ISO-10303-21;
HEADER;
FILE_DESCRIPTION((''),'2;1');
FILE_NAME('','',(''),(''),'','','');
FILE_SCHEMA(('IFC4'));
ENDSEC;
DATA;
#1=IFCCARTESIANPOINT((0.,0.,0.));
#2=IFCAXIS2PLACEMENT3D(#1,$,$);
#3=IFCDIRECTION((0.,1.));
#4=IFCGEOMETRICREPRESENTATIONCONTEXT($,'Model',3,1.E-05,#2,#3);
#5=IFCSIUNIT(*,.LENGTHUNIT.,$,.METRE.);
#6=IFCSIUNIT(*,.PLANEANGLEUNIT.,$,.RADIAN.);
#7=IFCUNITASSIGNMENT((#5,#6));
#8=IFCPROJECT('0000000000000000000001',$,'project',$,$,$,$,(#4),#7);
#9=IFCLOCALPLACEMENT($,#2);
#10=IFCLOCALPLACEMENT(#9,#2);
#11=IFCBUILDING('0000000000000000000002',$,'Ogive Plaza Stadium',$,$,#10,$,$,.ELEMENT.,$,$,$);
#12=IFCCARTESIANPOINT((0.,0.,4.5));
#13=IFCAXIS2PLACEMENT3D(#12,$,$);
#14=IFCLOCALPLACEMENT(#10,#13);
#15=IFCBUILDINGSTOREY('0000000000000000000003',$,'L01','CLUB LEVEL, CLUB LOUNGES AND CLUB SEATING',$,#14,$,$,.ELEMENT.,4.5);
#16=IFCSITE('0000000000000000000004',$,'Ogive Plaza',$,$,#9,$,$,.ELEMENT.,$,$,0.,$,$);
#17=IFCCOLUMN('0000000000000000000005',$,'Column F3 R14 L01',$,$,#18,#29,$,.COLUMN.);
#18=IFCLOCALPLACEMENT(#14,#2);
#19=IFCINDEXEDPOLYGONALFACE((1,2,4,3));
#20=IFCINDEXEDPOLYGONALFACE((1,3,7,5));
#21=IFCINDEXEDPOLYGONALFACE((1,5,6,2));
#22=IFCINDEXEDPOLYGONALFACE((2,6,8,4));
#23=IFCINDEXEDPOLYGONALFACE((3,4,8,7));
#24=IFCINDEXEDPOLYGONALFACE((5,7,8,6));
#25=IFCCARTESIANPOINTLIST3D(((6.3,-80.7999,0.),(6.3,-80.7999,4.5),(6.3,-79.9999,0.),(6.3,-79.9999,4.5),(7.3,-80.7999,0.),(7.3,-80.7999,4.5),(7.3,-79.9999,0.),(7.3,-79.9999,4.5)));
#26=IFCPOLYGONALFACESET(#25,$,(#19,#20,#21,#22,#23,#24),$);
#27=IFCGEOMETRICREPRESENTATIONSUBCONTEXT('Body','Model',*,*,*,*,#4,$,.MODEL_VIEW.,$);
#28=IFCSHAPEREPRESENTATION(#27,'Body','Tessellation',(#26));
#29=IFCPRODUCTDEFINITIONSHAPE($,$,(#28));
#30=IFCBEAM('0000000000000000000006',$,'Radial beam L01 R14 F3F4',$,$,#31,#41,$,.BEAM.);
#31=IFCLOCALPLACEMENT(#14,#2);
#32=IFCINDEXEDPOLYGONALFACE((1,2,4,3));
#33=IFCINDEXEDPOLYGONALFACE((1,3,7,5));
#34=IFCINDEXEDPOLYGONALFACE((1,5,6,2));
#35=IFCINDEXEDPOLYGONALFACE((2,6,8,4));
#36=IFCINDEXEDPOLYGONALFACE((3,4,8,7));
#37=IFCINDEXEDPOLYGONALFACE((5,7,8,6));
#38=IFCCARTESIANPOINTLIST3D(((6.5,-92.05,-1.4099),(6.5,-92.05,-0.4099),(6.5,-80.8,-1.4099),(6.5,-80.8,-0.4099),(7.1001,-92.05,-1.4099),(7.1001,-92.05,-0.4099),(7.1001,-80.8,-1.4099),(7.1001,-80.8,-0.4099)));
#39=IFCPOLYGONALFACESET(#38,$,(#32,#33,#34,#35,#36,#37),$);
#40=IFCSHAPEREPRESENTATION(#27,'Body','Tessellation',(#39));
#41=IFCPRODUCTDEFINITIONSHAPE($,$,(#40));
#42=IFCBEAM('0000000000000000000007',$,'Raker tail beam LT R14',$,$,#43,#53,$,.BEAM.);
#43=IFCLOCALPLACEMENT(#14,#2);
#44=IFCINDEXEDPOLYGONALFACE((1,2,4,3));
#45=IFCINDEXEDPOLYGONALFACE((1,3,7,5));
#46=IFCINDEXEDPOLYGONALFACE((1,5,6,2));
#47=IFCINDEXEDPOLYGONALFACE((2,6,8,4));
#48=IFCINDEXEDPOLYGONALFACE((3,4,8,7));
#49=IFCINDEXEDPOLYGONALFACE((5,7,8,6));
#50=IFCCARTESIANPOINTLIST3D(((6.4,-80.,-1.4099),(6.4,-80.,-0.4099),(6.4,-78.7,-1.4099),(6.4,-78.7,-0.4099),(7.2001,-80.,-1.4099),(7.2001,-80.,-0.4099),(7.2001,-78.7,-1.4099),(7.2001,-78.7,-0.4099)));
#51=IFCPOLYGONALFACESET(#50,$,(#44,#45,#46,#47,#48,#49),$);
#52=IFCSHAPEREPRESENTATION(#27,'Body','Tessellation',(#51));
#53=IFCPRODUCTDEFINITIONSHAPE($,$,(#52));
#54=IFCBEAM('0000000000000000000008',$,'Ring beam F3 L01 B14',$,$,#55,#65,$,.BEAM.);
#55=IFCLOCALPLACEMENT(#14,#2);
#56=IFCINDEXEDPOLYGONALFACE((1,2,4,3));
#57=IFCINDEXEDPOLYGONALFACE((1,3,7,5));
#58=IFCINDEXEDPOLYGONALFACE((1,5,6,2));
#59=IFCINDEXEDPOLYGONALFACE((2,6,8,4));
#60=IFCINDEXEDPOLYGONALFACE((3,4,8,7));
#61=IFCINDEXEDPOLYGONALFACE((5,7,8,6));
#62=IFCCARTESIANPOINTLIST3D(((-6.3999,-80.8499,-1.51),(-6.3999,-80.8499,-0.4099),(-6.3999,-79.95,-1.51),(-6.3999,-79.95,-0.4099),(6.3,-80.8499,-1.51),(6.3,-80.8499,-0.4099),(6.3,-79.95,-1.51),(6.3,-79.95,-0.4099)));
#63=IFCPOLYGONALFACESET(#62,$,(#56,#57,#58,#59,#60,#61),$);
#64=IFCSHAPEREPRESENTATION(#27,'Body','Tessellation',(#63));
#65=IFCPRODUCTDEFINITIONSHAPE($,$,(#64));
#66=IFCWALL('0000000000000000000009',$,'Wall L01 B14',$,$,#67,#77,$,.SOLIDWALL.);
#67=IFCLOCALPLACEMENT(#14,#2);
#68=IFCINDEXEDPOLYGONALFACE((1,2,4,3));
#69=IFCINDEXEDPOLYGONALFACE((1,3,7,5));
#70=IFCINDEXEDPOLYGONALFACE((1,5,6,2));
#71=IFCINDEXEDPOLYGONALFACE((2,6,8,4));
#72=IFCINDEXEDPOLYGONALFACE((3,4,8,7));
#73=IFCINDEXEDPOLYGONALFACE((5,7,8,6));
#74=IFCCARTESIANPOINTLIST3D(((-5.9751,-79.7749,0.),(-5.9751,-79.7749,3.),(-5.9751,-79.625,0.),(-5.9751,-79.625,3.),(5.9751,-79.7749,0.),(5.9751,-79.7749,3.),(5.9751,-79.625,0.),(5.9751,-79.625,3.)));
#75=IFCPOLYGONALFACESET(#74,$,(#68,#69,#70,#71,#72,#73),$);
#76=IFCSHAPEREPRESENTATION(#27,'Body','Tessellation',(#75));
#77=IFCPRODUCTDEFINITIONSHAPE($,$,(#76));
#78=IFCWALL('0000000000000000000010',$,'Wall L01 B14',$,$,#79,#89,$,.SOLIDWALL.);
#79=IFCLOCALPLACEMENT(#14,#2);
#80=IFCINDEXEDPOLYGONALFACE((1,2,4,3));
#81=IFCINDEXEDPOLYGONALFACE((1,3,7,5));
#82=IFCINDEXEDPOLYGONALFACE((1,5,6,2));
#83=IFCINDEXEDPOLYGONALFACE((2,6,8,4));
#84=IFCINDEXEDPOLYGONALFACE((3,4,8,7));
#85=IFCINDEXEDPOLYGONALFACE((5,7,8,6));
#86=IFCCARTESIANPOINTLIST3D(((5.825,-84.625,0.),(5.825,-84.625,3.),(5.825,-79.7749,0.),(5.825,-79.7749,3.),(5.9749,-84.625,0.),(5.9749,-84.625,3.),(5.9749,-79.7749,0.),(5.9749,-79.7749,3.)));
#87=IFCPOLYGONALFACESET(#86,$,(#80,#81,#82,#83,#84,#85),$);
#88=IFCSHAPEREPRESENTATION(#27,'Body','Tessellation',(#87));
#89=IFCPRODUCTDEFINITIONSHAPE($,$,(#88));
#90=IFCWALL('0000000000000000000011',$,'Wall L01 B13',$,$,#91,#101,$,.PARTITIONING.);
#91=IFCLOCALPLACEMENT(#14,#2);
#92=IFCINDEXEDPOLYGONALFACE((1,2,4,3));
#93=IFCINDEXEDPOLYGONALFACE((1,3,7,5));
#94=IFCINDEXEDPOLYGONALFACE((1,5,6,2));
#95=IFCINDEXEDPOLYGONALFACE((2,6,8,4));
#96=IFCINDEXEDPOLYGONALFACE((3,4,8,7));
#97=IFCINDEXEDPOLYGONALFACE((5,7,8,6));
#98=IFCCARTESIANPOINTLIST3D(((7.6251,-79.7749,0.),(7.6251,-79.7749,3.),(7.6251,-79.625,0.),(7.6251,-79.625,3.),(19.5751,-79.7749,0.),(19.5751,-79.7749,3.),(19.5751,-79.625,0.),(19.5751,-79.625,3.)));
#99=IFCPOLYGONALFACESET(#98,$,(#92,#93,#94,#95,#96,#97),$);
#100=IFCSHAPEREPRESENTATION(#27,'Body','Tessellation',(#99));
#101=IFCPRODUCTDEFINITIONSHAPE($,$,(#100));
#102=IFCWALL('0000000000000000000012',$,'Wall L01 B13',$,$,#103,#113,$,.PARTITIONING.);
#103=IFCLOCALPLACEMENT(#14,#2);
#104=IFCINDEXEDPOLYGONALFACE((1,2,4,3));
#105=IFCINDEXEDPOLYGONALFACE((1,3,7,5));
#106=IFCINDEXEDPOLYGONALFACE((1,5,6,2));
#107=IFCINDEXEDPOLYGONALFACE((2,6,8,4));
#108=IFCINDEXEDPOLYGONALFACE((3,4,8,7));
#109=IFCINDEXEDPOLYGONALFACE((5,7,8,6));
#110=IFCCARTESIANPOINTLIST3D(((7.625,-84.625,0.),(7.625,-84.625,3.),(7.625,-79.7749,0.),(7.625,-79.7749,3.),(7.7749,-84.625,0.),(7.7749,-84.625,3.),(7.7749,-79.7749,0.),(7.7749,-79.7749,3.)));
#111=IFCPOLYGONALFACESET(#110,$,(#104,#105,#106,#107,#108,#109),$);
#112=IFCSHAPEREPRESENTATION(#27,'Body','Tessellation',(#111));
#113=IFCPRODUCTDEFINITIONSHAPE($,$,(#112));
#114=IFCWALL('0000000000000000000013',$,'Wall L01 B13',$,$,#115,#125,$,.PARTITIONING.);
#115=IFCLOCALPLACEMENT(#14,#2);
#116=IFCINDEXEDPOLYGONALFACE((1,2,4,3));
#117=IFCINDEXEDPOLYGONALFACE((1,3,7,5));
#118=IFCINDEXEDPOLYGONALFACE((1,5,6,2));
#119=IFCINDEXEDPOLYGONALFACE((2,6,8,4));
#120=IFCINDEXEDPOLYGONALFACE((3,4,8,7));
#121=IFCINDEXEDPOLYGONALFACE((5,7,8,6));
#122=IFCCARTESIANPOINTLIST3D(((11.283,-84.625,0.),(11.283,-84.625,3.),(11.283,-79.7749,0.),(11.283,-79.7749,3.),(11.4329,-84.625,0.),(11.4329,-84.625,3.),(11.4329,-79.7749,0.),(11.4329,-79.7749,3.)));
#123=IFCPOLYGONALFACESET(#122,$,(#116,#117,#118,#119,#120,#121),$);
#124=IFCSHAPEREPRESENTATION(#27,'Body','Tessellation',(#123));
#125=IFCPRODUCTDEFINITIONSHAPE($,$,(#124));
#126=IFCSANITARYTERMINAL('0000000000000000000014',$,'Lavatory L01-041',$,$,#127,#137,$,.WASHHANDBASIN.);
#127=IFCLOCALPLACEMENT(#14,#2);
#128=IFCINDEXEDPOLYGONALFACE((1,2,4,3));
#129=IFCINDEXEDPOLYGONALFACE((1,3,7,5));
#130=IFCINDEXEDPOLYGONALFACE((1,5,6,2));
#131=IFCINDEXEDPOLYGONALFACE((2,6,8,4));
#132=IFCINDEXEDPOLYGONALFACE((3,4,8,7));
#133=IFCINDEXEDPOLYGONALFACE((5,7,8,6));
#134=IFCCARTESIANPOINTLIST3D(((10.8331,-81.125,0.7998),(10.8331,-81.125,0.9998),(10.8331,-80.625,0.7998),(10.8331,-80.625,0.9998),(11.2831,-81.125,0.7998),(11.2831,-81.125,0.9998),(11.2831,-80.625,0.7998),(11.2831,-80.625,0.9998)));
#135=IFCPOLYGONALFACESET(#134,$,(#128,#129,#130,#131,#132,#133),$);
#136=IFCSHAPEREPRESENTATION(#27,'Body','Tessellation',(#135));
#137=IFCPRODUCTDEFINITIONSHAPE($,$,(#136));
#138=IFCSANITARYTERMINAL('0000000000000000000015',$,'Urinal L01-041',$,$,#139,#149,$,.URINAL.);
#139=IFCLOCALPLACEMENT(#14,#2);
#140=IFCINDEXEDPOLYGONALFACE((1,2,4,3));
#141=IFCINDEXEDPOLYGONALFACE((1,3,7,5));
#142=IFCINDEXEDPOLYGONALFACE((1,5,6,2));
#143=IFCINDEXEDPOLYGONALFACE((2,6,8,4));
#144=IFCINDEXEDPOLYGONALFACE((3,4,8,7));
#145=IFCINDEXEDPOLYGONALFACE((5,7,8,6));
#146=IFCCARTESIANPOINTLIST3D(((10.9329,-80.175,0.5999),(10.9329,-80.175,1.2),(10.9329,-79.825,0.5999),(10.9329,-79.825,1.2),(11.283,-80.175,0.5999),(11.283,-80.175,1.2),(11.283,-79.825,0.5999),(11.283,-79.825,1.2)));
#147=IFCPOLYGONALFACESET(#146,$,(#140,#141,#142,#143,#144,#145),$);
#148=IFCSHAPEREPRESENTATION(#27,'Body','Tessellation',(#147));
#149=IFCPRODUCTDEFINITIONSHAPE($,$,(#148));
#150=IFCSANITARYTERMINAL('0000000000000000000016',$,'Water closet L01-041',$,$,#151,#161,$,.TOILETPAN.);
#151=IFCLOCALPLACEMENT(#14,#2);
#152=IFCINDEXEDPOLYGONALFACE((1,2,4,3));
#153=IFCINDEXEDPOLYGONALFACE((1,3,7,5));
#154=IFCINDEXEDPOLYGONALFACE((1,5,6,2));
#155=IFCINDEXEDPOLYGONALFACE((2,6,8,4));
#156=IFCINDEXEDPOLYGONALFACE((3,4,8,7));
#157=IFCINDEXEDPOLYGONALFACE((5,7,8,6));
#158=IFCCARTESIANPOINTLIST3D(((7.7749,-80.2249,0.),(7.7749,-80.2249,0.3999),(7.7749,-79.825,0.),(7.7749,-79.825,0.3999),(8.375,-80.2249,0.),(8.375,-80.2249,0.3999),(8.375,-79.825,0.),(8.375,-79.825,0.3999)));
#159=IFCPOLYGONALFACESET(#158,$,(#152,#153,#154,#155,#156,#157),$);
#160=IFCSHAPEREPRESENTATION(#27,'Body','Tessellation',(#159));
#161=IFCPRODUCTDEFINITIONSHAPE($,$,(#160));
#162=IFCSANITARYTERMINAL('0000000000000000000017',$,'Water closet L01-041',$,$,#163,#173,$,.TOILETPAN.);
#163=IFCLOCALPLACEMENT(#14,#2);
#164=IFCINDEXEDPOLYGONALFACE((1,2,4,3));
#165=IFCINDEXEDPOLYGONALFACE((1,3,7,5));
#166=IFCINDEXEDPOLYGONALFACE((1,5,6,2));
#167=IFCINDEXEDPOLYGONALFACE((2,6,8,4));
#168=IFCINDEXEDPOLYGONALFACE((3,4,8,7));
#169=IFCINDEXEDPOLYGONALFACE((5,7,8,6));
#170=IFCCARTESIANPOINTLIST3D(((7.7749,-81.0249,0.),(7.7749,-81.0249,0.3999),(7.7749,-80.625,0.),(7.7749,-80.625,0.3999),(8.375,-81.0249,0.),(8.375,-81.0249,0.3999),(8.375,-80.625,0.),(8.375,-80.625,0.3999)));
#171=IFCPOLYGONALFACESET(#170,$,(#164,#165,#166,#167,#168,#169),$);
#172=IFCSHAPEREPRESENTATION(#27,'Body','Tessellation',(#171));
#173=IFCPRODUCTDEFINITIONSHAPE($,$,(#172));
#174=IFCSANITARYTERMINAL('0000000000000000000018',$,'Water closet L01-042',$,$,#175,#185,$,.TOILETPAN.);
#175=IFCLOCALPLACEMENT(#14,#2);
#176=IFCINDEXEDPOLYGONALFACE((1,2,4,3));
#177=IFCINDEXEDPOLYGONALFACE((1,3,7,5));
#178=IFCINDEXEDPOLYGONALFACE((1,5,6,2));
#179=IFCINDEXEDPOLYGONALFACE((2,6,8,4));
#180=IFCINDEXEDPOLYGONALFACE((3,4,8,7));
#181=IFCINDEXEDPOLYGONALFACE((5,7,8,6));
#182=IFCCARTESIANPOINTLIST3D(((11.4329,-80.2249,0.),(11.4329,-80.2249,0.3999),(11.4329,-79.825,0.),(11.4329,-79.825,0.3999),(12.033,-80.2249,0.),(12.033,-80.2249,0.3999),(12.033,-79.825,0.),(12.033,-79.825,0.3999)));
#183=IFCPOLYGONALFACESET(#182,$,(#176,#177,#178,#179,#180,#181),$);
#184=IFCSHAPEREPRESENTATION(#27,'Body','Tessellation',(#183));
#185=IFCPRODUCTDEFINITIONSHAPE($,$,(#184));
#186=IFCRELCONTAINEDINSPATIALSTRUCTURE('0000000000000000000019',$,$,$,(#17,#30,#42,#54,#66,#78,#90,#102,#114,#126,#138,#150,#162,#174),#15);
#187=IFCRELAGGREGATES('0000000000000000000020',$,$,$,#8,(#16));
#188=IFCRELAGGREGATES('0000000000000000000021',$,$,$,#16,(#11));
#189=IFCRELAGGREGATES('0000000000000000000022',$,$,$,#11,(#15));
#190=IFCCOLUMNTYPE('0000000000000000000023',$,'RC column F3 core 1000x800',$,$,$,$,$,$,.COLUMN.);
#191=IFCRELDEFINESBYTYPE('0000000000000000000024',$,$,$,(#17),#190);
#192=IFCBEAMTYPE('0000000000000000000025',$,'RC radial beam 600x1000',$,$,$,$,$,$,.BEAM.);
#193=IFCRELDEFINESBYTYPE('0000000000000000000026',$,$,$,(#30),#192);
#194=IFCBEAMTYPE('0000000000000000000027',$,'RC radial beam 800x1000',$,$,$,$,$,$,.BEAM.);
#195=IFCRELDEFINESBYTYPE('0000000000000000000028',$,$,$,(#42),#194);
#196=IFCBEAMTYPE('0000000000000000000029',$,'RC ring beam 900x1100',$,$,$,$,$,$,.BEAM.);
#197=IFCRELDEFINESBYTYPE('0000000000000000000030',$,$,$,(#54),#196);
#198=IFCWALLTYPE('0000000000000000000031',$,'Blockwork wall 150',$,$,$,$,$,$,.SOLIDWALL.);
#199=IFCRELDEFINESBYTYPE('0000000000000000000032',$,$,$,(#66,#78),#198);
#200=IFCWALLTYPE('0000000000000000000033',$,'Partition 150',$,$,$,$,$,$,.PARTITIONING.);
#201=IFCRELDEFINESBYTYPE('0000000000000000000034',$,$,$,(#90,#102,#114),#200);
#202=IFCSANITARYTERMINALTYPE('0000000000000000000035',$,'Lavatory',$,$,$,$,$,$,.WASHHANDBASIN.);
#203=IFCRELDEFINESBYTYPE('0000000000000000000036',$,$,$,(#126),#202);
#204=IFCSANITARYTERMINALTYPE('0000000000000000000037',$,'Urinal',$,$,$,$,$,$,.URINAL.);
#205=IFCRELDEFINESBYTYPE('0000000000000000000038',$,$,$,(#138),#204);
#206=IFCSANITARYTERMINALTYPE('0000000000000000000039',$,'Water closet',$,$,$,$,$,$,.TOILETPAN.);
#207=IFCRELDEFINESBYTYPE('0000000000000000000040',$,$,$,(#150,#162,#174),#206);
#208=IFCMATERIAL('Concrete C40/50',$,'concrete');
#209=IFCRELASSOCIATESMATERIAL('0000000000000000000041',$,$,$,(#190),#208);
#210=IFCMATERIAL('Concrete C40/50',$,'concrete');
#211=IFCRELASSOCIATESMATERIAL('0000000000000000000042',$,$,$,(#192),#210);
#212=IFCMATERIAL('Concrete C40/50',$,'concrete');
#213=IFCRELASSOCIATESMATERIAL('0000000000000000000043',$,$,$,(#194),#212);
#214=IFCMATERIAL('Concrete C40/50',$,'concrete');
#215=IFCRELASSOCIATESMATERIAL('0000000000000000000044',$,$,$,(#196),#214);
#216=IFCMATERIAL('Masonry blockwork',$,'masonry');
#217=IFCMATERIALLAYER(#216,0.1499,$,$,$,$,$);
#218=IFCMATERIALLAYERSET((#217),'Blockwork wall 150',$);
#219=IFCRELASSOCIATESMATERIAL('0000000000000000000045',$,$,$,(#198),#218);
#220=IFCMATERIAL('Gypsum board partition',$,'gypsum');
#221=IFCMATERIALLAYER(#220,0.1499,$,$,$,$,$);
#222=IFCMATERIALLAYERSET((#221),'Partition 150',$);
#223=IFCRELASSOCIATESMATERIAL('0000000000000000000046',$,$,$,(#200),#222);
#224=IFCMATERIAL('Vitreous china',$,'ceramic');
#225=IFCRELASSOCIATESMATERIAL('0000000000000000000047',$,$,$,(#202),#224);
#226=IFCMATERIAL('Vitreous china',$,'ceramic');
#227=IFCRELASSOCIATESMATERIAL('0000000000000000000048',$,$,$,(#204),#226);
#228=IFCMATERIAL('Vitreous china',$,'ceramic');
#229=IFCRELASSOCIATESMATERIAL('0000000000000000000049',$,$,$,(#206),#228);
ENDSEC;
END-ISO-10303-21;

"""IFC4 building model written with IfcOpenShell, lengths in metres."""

from ifc_helpers import new_model, si_unit, direction, frame, frame_2d, origin, origin_2d, place, context, subcontext, project, spatial, rectangle, extrude, material, layer, layer_set, material_profile, profile_set, type_object, element, save


model = new_model("IFC4")

# Units and contexts
model_context = context("Model", 3, precision=1e-05, world=origin(), true_north=direction((0.0, 1.0)))
body_context = subcontext(model_context, "Body", "Model", "MODEL_VIEW")
ifc_project = project(units=[si_unit("LENGTHUNIT", "METRE"), si_unit("PLANEANGLEUNIT", "RADIAN")], contexts=[model_context])

# Site, building, storey
site_placement = place(None, origin())
site = spatial("IfcSite", under=ifc_project, at=site_placement, Name="Ogive Plaza", CompositionType="ELEMENT", RefElevation=0.0)
building_placement = place(site_placement, origin())
building = spatial("IfcBuilding", under=site, at=building_placement, Name="Ogive Plaza Stadium", CompositionType="ELEMENT")
storey_placement = place(building_placement, frame((0.0, 0.0, 4.5)))
storey = spatial("IfcBuildingStorey", under=building, at=storey_placement, Name="L01", Description="CLUB LEVEL, CLUB LOUNGES AND CLUB SEATING", CompositionType="ELEMENT", Elevation=4.5)

# Column
ifc_material_1 = material(Name="Concrete C40/50", Category="concrete")
ifc_material_profile_1 = material_profile(ifc_material_1, rectangle(XDim=1.0, YDim=0.8, at=origin_2d()), Name="RC 1000x800")
ifc_profile_set_1 = profile_set([ifc_material_profile_1], Name="Concrete C40/50")
column_type = type_object("IfcColumnType", Name="RC column F3 core 1000x800", PredefinedType="COLUMN", material=ifc_profile_set_1)
column_placement = place(storey_placement, frame((6.8, -80.3999, 0.0), z_axis=(0.0, 0.0, 1.0), x_axis=(1.0, 0.0, 0.0)))
element("IfcColumn", 1, at=column_placement, inside=storey, type_object=column_type, Name="Column F3 R14 L01", PredefinedType="COLUMN", context=body_context, shape_type="SweptSolid", body=[
    extrude(rectangle(XDim=1.0, YDim=0.8, at=origin_2d()), origin(), (0.0, 0.0, 1.0), 4.5),
])

# Beams
ifc_material_2 = material(Name="Concrete C40/50", Category="concrete")
ifc_material_profile_2 = material_profile(ifc_material_2, rectangle(XDim=0.6001, YDim=1.0, at=origin_2d()), Name="RC 600x1000")
ifc_profile_set_2 = profile_set([ifc_material_profile_2], Name="Concrete C40/50")
beam_type_1 = type_object("IfcBeamType", Name="RC radial beam 600x1000", PredefinedType="BEAM", material=ifc_profile_set_2)
beam_1_placement = place(storey_placement, frame((6.8, -80.8, -0.9099), z_axis=(0.0, -1.0, 0.0), x_axis=(1.0, 0.0, 0.0)))
element("IfcBeam", 2, at=beam_1_placement, inside=storey, type_object=beam_type_1, Name="Radial beam L01 R14 F3F4", PredefinedType="BEAM", context=body_context, shape_type="SweptSolid", body=[
    extrude(rectangle(XDim=0.6001, YDim=1.0, at=origin_2d()), origin(), (0.0, 0.0, 1.0), 11.25),
])
ifc_material_3 = material(Name="Concrete C40/50", Category="concrete")
ifc_material_profile_3 = material_profile(ifc_material_3, rectangle(XDim=0.8, YDim=1.0, at=origin_2d()), Name="RC 800x1000")
ifc_profile_set_3 = profile_set([ifc_material_profile_3], Name="Concrete C40/50")
beam_type_2 = type_object("IfcBeamType", Name="RC radial beam 800x1000", PredefinedType="BEAM", material=ifc_profile_set_3)
beam_2_placement = place(storey_placement, frame((6.8, -78.7, -0.9099), z_axis=(0.0, -1.0, 0.0), x_axis=(1.0, 0.0, 0.0)))
element("IfcBeam", 3, at=beam_2_placement, inside=storey, type_object=beam_type_2, Name="Raker tail beam LT R14", PredefinedType="BEAM", context=body_context, shape_type="SweptSolid", body=[
    extrude(rectangle(XDim=0.8, YDim=1.0, at=origin_2d()), origin(), (0.0, 0.0, 1.0), 1.3),
])
ifc_material_4 = material(Name="Concrete C40/50", Category="concrete")
ifc_material_profile_4 = material_profile(ifc_material_4, rectangle(XDim=0.8999, YDim=1.1001, at=origin_2d()), Name="RC 900x1100")
ifc_profile_set_4 = profile_set([ifc_material_profile_4], Name="Concrete C40/50")
beam_type_3 = type_object("IfcBeamType", Name="RC ring beam 900x1100", PredefinedType="BEAM", material=ifc_profile_set_4)
beam_3_placement = place(storey_placement, frame((6.3, -80.3999, -0.96), z_axis=(-1.0, 0.0, 0.0), x_axis=(0.0, -1.0, 0.0)))
element("IfcBeam", 4, at=beam_3_placement, inside=storey, type_object=beam_type_3, Name="Ring beam F3 L01 B14", PredefinedType="BEAM", context=body_context, shape_type="SweptSolid", body=[
    extrude(rectangle(XDim=0.8999, YDim=1.1001, at=origin_2d()), origin(), (0.0, 0.0, 1.0), 12.7),
])

# Walls
ifc_material_5 = material(Name="Masonry blockwork", Category="masonry")
ifc_layer_1 = layer(ifc_material_5, 0.1499)
ifc_layer_set_1 = layer_set([ifc_layer_1], Name="Blockwork wall 150")
wall_type_1 = type_object("IfcWallType", Name="Blockwork wall 150", PredefinedType="SOLIDWALL", material=ifc_layer_set_1)
wall_1_placement = place(storey_placement, frame((5.9751, -79.7, 0.0), z_axis=(0.0, 0.0, 1.0), x_axis=(-1.0, 0.0, 0.0)))
element("IfcWall", 5, at=wall_1_placement, inside=storey, type_object=wall_type_1, Name="Wall L01 B14", PredefinedType="SOLIDWALL", context=body_context, shape_type="SweptSolid", body=[
    extrude(rectangle(XDim=11.9502, YDim=0.1499, at=frame_2d((5.9751, 0.0))), origin(), (0.0, 0.0, 1.0), 3.0),
])
wall_2_placement = place(storey_placement, frame((5.8999, -79.7749, 0.0), z_axis=(0.0, 0.0, 1.0), x_axis=(0.0, -1.0, 0.0)))
element("IfcWall", 6, at=wall_2_placement, inside=storey, type_object=wall_type_1, Name="Wall L01 B14", PredefinedType="SOLIDWALL", context=body_context, shape_type="SweptSolid", body=[
    extrude(rectangle(XDim=4.8501, YDim=0.1499, at=frame_2d((2.425, 0.0))), origin(), (0.0, 0.0, 1.0), 3.0),
])
ifc_material_6 = material(Name="Gypsum board partition", Category="gypsum")
ifc_layer_2 = layer(ifc_material_6, 0.1499)
ifc_layer_set_2 = layer_set([ifc_layer_2], Name="Partition 150")
wall_type_2 = type_object("IfcWallType", Name="Partition 150", PredefinedType="PARTITIONING", material=ifc_layer_set_2)
wall_3_placement = place(storey_placement, frame((7.625, -79.7, 0.0), z_axis=(0.0, 0.0, 1.0), x_axis=(1.0, 0.0, 0.0)))
element("IfcWall", 7, at=wall_3_placement, inside=storey, type_object=wall_type_2, Name="Wall L01 B13", PredefinedType="PARTITIONING", context=body_context, shape_type="SweptSolid", body=[
    extrude(rectangle(XDim=11.95, YDim=0.1499, at=frame_2d((5.9751, 0.0))), origin(), (0.0, 0.0, 1.0), 3.0),
])
for number, where, z_axis, x_axis, name in (
    (8, (7.7, -79.7749, 0.0), (0.0, 0.0, 1.0), (0.0, -1.0, 0.0), "Wall L01 B13"),
    (9, (11.3579, -79.7749, 0.0), (0.0, 0.0, 1.0), (0.0, -1.0, 0.0), "Wall L01 B13"),
):
    element("IfcWall", number, at=place(storey_placement, frame(where, z_axis=z_axis, x_axis=x_axis)), inside=storey, type_object=wall_type_2, Name=name, PredefinedType="PARTITIONING", context=body_context, shape_type="SweptSolid", body=[
        extrude(rectangle(XDim=4.8501, YDim=0.1499, at=frame_2d((2.425, 0.0))), origin(), (0.0, 0.0, 1.0), 3.0),
    ])

# Sanitary terminals
ifc_material_7 = material(Name="Vitreous china", Category="ceramic")
sanitary_terminal_type_1 = type_object("IfcSanitaryTerminalType", Name="Lavatory", PredefinedType="WASHHANDBASIN", material=ifc_material_7)
sanitary_terminal_1_placement = place(storey_placement, frame((11.0581, -80.875, 0.7998), z_axis=(0.0, 0.0, 1.0), x_axis=(0.0, -1.0, 0.0)))
element("IfcSanitaryTerminal", 10, at=sanitary_terminal_1_placement, inside=storey, type_object=sanitary_terminal_type_1, Name="Lavatory L01-041", PredefinedType="WASHHANDBASIN", context=body_context, shape_type="SweptSolid", body=[
    extrude(rectangle(XDim=0.5, YDim=0.45, at=origin_2d()), origin(), (0.0, 0.0, 1.0), 0.2),
])
ifc_material_8 = material(Name="Vitreous china", Category="ceramic")
sanitary_terminal_type_2 = type_object("IfcSanitaryTerminalType", Name="Urinal", PredefinedType="URINAL", material=ifc_material_8)
sanitary_terminal_2_placement = place(storey_placement, frame((11.1079, -80.0, 0.5999), z_axis=(0.0, 0.0, 1.0), x_axis=(0.0, -1.0, 0.0)))
element("IfcSanitaryTerminal", 11, at=sanitary_terminal_2_placement, inside=storey, type_object=sanitary_terminal_type_2, Name="Urinal L01-041", PredefinedType="URINAL", context=body_context, shape_type="SweptSolid", body=[
    extrude(rectangle(XDim=0.3501, YDim=0.3501, at=origin_2d()), origin(), (0.0, 0.0, 1.0), 0.6001),
])
ifc_material_9 = material(Name="Vitreous china", Category="ceramic")
sanitary_terminal_type_3 = type_object("IfcSanitaryTerminalType", Name="Water closet", PredefinedType="TOILETPAN", material=ifc_material_9)
for number, where, z_axis, x_axis, name in (
    (12, (8.075, -80.0249, 0.0), (0.0, 0.0, 1.0), (0.0, -1.0, 0.0), "Water closet L01-041"),
    (13, (8.075, -80.825, 0.0), (0.0, 0.0, 1.0), (0.0, -1.0, 0.0), "Water closet L01-041"),
    (14, (11.7329, -80.0249, 0.0), (0.0, 0.0, 1.0), (0.0, -1.0, 0.0), "Water closet L01-042"),
):
    element("IfcSanitaryTerminal", number, at=place(storey_placement, frame(where, z_axis=z_axis, x_axis=x_axis)), inside=storey, type_object=sanitary_terminal_type_3, Name=name, PredefinedType="TOILETPAN", context=body_context, shape_type="SweptSolid", body=[
        extrude(rectangle(XDim=0.3999, YDim=0.6001, at=origin_2d()), origin(), (0.0, 0.0, 1.0), 0.3999),
    ])

save(model, "model.ifc")
